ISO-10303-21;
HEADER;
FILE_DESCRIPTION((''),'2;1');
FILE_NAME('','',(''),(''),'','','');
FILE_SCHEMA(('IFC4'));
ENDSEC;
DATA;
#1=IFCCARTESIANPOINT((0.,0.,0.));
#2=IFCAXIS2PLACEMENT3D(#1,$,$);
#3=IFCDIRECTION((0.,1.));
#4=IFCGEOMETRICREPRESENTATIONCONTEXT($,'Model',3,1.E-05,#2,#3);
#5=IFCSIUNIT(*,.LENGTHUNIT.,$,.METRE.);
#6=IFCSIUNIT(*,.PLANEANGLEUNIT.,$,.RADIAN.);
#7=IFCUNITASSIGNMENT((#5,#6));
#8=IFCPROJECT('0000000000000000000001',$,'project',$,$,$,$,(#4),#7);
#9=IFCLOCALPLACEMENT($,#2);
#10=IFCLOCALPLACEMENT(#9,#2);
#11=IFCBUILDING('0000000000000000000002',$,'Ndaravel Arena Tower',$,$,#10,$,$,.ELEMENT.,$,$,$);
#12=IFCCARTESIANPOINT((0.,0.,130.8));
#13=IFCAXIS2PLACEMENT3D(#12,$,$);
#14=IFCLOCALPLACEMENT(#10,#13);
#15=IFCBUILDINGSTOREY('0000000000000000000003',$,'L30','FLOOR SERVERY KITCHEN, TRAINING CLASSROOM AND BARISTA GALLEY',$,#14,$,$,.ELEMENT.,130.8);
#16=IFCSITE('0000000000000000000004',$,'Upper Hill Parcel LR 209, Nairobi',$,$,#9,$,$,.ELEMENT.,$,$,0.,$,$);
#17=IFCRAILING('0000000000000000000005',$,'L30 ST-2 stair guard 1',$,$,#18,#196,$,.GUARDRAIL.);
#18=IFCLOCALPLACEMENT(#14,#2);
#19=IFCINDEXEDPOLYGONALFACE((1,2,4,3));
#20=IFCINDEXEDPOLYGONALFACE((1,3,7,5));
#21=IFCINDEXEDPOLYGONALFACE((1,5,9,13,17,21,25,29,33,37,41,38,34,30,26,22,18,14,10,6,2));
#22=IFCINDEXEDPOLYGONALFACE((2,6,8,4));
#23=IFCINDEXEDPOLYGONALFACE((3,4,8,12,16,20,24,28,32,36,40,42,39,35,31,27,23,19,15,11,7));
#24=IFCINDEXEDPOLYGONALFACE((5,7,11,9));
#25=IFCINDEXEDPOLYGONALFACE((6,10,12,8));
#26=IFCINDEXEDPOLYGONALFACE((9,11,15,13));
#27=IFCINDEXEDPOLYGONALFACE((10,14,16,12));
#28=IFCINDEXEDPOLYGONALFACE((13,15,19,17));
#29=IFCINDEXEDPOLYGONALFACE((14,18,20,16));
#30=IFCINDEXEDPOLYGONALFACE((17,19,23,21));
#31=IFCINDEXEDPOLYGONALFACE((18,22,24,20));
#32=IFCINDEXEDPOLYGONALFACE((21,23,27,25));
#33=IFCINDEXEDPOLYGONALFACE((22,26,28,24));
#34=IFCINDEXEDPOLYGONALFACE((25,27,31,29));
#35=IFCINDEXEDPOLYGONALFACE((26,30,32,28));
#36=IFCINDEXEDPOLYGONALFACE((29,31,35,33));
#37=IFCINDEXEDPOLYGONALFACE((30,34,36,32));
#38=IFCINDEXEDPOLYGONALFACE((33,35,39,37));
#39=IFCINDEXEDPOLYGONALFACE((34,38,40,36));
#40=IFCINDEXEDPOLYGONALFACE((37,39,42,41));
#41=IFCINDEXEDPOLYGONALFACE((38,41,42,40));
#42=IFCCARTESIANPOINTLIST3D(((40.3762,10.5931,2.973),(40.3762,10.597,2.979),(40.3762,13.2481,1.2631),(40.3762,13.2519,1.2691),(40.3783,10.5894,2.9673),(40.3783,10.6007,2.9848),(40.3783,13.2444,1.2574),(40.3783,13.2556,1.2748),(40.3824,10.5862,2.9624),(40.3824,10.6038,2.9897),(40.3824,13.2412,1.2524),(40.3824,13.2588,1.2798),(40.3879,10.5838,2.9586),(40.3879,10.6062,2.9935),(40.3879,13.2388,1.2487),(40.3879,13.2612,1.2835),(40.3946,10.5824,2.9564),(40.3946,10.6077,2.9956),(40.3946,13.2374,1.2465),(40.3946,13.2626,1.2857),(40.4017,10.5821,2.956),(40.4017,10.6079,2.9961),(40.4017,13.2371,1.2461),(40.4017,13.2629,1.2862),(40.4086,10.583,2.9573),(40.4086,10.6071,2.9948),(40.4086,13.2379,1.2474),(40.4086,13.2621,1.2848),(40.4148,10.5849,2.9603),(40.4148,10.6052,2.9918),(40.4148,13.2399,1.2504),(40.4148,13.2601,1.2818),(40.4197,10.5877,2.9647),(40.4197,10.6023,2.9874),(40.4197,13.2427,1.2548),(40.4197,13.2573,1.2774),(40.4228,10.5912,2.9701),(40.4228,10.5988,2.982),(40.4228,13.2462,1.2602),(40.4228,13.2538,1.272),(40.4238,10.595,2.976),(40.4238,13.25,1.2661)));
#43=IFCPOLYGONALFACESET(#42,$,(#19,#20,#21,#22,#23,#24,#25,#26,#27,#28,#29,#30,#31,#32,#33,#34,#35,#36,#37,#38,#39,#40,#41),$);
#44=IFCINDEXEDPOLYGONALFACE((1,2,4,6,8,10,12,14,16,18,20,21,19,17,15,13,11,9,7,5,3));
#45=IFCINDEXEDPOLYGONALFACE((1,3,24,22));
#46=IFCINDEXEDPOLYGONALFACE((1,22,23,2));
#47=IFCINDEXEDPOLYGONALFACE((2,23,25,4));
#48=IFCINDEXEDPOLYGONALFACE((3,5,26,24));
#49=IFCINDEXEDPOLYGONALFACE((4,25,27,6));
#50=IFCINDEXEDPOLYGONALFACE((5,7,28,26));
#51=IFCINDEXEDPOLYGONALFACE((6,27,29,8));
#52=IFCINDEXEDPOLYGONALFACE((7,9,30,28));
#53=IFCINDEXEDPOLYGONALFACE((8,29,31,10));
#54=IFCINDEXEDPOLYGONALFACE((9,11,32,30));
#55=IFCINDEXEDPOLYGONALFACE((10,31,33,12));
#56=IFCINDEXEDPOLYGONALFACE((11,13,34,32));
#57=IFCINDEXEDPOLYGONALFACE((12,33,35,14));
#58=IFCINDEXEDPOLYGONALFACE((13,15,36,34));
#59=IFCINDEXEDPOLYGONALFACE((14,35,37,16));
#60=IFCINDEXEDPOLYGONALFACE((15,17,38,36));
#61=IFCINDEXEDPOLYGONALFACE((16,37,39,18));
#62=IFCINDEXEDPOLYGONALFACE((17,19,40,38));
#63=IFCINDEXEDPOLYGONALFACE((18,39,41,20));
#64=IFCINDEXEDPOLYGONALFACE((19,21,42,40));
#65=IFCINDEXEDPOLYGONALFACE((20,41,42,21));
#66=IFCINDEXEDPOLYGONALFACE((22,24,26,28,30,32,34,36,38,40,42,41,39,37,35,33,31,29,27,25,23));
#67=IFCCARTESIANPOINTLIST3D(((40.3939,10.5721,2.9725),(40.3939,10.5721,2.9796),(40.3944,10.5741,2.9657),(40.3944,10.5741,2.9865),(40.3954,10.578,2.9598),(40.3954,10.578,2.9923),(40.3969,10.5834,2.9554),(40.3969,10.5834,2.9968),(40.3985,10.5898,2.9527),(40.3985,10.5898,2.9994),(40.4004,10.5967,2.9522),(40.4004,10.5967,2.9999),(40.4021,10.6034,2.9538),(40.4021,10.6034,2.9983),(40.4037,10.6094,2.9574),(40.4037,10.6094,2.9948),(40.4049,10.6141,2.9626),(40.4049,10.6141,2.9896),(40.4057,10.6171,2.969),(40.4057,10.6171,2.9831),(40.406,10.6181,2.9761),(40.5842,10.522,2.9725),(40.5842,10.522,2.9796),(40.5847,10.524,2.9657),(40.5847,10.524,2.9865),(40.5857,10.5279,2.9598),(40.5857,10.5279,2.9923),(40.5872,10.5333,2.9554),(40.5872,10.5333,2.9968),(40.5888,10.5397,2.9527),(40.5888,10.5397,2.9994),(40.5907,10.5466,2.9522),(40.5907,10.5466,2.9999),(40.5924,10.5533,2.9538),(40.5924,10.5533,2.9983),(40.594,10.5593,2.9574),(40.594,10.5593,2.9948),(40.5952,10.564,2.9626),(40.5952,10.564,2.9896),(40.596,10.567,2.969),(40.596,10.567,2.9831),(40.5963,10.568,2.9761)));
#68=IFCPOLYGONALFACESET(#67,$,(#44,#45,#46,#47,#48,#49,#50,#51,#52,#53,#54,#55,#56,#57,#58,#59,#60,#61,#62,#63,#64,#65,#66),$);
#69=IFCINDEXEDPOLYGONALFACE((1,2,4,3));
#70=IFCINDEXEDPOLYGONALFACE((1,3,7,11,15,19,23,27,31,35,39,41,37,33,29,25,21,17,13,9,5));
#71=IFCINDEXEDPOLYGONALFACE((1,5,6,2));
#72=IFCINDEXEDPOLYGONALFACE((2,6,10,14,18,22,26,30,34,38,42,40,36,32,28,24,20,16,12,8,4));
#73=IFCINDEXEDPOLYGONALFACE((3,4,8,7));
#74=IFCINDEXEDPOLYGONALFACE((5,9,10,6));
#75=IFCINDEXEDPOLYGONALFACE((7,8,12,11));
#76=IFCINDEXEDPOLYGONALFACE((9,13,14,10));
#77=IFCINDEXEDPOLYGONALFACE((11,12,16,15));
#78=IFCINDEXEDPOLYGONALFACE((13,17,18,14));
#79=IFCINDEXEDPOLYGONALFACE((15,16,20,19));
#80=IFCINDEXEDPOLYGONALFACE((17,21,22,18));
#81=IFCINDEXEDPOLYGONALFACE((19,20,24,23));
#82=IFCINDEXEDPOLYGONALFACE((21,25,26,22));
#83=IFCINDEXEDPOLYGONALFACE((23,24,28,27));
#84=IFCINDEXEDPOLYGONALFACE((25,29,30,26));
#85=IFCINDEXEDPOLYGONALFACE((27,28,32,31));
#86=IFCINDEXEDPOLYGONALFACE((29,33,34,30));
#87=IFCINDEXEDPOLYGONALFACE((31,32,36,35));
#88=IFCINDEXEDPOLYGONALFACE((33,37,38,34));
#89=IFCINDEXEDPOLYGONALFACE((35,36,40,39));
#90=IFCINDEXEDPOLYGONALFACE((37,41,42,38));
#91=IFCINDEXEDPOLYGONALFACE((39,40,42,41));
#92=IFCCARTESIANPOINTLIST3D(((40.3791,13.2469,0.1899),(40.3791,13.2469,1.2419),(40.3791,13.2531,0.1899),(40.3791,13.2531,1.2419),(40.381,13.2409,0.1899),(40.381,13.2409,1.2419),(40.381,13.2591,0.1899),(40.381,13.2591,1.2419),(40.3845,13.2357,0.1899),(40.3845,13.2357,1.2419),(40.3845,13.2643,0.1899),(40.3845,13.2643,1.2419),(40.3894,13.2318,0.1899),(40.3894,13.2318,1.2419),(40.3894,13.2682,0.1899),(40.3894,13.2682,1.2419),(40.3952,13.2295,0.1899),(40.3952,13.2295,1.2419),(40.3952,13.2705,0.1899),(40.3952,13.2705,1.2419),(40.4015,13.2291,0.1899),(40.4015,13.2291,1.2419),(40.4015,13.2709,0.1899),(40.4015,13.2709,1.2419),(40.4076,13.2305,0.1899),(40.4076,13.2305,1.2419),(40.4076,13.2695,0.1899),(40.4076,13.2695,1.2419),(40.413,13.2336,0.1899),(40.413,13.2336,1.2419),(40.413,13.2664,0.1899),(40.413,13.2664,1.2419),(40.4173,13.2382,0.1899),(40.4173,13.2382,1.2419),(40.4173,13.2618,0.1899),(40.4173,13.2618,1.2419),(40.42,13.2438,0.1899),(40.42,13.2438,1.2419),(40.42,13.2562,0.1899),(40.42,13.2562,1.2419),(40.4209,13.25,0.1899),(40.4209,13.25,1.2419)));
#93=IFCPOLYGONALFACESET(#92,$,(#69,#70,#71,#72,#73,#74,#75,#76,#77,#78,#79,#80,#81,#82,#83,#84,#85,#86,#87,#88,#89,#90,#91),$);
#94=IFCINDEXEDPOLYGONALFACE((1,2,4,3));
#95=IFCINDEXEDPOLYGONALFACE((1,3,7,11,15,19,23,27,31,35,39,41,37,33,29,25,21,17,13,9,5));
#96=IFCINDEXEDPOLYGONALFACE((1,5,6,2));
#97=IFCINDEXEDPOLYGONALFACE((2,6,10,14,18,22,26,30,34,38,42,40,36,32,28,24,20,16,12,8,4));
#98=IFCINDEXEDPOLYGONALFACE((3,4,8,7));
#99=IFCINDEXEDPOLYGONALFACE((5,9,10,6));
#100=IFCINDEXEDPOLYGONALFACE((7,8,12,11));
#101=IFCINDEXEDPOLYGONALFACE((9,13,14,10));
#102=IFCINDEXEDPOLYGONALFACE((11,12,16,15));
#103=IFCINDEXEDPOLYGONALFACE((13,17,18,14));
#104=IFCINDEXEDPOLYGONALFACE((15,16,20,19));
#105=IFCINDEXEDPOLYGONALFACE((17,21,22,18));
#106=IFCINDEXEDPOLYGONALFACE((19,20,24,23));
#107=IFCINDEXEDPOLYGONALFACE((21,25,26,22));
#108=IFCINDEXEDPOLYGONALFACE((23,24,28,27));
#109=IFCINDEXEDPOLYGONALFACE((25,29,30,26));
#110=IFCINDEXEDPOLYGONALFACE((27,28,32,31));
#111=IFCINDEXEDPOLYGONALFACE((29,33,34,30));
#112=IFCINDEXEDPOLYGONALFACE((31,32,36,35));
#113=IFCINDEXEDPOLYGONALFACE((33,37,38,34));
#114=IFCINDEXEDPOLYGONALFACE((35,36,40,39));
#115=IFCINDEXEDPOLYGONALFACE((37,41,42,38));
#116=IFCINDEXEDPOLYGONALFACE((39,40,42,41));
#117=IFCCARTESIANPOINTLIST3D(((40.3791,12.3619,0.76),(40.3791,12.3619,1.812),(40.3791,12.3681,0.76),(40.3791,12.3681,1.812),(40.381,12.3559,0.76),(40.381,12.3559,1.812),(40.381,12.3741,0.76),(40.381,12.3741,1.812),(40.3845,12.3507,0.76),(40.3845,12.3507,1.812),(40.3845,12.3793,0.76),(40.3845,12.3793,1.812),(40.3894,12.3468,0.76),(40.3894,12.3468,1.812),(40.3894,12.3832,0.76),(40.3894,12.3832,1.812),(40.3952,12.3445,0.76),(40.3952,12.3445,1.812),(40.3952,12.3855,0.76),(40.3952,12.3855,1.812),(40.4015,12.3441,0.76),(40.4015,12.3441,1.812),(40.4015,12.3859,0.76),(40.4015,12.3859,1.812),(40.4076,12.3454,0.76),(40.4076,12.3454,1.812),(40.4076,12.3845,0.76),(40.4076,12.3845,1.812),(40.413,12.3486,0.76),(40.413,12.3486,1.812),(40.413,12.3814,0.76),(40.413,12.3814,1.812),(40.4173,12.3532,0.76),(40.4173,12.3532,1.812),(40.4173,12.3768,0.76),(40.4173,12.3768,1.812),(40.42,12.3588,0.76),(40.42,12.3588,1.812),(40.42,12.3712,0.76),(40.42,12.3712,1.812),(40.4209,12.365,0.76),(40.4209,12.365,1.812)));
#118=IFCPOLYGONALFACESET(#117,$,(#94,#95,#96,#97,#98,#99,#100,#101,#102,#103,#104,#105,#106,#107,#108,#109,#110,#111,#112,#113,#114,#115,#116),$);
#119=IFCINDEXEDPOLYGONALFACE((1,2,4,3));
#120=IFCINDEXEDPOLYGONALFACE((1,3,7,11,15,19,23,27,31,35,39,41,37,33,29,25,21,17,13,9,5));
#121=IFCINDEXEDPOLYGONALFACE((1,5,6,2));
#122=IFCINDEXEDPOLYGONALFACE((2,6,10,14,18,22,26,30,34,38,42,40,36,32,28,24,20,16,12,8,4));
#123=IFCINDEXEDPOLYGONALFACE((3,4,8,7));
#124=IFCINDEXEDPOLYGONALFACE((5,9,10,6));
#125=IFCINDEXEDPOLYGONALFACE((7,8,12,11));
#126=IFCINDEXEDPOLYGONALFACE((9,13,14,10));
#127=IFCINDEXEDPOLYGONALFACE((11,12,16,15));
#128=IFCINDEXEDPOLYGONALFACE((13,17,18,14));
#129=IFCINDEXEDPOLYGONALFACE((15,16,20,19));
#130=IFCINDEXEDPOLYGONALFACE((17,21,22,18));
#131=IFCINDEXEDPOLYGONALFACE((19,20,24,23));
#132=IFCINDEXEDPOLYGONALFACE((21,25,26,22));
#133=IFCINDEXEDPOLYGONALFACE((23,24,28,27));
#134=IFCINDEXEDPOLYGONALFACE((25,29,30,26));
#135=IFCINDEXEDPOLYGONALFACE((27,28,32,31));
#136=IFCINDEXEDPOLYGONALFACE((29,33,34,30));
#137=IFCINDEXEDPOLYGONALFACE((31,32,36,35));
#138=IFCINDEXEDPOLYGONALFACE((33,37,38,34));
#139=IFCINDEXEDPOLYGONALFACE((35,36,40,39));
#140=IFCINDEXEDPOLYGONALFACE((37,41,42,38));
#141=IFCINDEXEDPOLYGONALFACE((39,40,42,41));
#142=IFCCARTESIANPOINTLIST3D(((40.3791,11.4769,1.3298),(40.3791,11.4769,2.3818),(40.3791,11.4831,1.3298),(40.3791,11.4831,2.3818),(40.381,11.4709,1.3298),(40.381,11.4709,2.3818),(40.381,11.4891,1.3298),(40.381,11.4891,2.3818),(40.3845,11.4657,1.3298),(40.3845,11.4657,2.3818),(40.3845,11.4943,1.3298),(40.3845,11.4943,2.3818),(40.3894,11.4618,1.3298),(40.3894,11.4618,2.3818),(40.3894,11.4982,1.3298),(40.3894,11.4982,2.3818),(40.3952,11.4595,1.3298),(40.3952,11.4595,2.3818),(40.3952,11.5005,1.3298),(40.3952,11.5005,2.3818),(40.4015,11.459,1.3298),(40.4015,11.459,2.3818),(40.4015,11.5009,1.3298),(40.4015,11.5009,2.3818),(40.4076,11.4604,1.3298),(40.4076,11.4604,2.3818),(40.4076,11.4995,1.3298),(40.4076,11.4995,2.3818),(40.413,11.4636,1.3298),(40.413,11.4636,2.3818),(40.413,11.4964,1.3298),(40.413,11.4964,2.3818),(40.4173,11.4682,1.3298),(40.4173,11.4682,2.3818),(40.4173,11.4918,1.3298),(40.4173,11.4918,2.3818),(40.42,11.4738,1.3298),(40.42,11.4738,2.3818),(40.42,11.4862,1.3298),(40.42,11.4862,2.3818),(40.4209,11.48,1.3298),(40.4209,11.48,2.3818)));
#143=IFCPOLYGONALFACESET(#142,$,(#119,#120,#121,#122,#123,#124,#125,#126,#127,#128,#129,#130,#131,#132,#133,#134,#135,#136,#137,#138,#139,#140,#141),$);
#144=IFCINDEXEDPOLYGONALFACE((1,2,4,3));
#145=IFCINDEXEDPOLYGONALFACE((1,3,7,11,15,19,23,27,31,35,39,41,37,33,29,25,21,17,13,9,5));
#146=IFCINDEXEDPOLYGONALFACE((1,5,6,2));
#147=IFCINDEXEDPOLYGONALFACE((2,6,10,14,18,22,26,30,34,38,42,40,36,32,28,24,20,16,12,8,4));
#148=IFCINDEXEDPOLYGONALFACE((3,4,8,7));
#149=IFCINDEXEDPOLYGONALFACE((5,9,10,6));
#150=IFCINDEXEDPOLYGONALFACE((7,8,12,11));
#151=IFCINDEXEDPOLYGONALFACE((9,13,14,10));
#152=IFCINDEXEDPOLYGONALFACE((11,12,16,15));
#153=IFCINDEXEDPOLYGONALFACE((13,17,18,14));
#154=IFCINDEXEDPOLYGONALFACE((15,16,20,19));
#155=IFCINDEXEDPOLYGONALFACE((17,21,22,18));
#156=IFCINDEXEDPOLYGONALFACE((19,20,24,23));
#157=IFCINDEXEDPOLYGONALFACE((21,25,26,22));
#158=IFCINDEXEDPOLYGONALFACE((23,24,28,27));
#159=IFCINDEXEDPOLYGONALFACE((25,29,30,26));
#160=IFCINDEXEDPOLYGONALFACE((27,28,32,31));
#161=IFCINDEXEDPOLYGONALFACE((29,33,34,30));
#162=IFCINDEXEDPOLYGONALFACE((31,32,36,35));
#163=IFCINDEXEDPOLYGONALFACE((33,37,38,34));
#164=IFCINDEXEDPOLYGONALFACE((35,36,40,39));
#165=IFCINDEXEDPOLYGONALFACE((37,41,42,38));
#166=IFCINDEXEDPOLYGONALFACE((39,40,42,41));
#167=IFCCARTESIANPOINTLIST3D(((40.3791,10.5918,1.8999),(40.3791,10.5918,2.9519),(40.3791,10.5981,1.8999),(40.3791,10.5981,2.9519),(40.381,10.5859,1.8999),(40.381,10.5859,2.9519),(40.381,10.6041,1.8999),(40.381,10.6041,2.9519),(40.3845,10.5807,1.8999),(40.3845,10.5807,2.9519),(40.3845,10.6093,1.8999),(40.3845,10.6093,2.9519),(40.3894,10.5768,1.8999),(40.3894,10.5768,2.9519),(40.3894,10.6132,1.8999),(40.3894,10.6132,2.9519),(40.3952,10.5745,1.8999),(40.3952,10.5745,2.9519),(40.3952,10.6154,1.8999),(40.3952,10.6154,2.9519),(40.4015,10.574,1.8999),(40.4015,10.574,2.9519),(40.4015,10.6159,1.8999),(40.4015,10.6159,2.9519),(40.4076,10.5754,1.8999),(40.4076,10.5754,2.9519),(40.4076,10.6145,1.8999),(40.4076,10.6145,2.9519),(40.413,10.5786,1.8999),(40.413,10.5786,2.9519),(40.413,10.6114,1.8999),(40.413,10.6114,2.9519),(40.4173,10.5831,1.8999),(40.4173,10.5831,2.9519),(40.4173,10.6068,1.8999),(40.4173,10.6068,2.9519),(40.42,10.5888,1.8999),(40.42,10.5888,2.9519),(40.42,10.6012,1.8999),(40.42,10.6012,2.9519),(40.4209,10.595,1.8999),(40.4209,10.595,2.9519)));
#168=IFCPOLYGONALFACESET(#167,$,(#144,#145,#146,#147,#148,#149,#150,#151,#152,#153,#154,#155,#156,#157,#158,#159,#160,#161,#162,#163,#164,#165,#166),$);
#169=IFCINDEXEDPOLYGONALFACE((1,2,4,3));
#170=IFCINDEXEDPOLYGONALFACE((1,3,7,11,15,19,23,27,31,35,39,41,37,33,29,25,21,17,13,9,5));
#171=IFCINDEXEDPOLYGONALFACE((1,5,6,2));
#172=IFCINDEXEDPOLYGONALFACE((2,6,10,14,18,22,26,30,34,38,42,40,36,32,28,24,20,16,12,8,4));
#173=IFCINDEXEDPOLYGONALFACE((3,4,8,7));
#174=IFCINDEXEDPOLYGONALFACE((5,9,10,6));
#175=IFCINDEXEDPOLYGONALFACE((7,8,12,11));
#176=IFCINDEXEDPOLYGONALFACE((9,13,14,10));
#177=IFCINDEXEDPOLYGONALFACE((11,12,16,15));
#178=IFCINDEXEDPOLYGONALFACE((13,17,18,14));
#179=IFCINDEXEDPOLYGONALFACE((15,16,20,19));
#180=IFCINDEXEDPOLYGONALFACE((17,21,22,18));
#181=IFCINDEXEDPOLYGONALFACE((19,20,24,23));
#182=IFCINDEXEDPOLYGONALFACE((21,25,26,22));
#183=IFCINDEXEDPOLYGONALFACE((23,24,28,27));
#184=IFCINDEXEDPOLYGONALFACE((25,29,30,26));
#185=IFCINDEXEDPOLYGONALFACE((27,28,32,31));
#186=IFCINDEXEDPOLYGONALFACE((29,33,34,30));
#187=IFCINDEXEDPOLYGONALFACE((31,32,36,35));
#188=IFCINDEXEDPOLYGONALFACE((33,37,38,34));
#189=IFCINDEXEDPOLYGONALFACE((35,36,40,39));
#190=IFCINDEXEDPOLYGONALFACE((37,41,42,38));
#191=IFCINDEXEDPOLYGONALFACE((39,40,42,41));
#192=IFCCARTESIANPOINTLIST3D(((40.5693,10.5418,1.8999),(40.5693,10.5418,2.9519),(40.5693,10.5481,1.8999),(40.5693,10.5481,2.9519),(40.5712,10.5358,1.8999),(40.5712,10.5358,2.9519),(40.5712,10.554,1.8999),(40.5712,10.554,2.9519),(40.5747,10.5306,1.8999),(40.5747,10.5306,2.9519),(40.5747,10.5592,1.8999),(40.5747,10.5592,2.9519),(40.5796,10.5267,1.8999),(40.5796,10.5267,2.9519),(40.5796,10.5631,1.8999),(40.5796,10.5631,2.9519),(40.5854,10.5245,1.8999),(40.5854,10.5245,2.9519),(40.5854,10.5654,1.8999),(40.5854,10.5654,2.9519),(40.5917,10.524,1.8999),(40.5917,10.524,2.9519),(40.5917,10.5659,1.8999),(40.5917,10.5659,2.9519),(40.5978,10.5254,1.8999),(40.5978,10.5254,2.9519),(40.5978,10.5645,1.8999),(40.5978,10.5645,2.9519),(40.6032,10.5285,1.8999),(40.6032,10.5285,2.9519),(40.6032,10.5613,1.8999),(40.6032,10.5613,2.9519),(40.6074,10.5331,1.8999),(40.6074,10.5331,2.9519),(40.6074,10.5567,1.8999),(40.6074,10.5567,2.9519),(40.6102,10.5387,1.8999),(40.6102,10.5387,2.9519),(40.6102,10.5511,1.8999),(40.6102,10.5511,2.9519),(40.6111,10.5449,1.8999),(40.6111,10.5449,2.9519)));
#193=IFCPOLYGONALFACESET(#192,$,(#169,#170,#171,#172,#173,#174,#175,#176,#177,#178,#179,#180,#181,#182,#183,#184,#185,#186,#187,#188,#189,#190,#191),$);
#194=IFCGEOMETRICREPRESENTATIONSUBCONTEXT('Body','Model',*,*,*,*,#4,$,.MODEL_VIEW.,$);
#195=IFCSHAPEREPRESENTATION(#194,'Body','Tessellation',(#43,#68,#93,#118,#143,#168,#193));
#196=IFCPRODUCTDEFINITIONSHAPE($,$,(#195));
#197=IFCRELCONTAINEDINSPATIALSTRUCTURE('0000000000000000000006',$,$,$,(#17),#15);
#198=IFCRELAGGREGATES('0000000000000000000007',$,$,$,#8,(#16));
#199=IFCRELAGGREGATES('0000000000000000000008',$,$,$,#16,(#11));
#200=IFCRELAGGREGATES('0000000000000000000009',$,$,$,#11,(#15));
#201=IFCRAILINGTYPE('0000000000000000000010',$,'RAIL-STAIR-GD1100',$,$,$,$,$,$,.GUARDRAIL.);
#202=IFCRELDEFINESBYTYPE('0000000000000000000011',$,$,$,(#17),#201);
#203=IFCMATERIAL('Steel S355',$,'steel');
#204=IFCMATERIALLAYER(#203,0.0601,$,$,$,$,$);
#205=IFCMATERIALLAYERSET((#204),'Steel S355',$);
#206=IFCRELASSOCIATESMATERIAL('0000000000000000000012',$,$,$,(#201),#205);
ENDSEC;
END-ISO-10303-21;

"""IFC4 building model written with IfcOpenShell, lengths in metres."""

from ifc_helpers import new_model, si_unit, direction, frame, origin, origin_2d, place, context, subcontext, project, spatial, circle, extrude, material, layer, layer_set, type_object, element, save


model = new_model("IFC4")

# Units and contexts
model_context = context("Model", 3, precision=1e-05, world=origin(), true_north=direction((0.0, 1.0)))
body_context = subcontext(model_context, "Body", "Model", "MODEL_VIEW")
ifc_project = project(units=[si_unit("LENGTHUNIT", "METRE"), si_unit("PLANEANGLEUNIT", "RADIAN")], contexts=[model_context])

# Site, building, storey
site_placement = place(None, origin())
site = spatial("IfcSite", under=ifc_project, at=site_placement, Name="Upper Hill Parcel LR 209, Nairobi", CompositionType="ELEMENT", RefElevation=0.0)
building_placement = place(site_placement, origin())
building = spatial("IfcBuilding", under=site, at=building_placement, Name="Ndaravel Arena Tower", CompositionType="ELEMENT")
storey_placement = place(building_placement, frame((0.0, 0.0, 130.8)))
storey = spatial("IfcBuildingStorey", under=building, at=storey_placement, Name="L30", Description="FLOOR SERVERY KITCHEN, TRAINING CLASSROOM AND BARISTA GALLEY", CompositionType="ELEMENT", Elevation=130.8)

# Railing
ifc_material_1 = material(Name="Steel S355", Category="steel")
ifc_layer_1 = layer(ifc_material_1, 0.0601)
ifc_layer_set_1 = layer_set([ifc_layer_1], Name="Steel S355")
railing_type_1 = type_object("IfcRailingType", Name="RAIL-STAIR-GD1100", PredefinedType="GUARDRAIL", material=ifc_layer_set_1)
railing_1_placement = place(storey_placement, frame((40.3999, 13.25, 0.1899)))
element("IfcRailing", 1, at=railing_1_placement, inside=storey, type_object=railing_type_1, Name="L30 ST-2 stair guard 1", PredefinedType="GUARDRAIL", context=body_context, shape_type="SweptSolid", body=[
    extrude(circle(Radius=0.0239, at=origin_2d()), frame((0.0, 0.0, 1.0762), z_axis=(0.0, -0.840724, 0.541465), x_axis=(1.0, 0.0, 0.0)), (0.0, 0.0, 1.0), 3.158),
    extrude(circle(Radius=0.0239, at=origin_2d()), frame((0.0, -2.655, 2.7861), z_axis=(0.967075, -0.254493, 0.0), x_axis=(0.254493, 0.967075, 0.0)), (0.0, 0.0, 1.0), 0.1968),
    extrude(circle(Radius=0.021, at=origin_2d()), origin(), (0.0, 0.0, 1.0), 1.052),
    extrude(circle(Radius=0.021, at=origin_2d()), frame((0.0, -0.885, 0.5701)), (0.0, 0.0, 1.0), 1.052),
    extrude(circle(Radius=0.021, at=origin_2d()), frame((0.0, -1.77, 1.1399)), (0.0, 0.0, 1.0), 1.052),
    extrude(circle(Radius=0.021, at=origin_2d()), frame((0.0, -2.655, 1.71)), (0.0, 0.0, 1.0), 1.052),
    extrude(circle(Radius=0.021, at=origin_2d()), frame((0.1902, -2.7051, 1.71)), (0.0, 0.0, 1.0), 1.052),
])

save(model, "model.ifc")
